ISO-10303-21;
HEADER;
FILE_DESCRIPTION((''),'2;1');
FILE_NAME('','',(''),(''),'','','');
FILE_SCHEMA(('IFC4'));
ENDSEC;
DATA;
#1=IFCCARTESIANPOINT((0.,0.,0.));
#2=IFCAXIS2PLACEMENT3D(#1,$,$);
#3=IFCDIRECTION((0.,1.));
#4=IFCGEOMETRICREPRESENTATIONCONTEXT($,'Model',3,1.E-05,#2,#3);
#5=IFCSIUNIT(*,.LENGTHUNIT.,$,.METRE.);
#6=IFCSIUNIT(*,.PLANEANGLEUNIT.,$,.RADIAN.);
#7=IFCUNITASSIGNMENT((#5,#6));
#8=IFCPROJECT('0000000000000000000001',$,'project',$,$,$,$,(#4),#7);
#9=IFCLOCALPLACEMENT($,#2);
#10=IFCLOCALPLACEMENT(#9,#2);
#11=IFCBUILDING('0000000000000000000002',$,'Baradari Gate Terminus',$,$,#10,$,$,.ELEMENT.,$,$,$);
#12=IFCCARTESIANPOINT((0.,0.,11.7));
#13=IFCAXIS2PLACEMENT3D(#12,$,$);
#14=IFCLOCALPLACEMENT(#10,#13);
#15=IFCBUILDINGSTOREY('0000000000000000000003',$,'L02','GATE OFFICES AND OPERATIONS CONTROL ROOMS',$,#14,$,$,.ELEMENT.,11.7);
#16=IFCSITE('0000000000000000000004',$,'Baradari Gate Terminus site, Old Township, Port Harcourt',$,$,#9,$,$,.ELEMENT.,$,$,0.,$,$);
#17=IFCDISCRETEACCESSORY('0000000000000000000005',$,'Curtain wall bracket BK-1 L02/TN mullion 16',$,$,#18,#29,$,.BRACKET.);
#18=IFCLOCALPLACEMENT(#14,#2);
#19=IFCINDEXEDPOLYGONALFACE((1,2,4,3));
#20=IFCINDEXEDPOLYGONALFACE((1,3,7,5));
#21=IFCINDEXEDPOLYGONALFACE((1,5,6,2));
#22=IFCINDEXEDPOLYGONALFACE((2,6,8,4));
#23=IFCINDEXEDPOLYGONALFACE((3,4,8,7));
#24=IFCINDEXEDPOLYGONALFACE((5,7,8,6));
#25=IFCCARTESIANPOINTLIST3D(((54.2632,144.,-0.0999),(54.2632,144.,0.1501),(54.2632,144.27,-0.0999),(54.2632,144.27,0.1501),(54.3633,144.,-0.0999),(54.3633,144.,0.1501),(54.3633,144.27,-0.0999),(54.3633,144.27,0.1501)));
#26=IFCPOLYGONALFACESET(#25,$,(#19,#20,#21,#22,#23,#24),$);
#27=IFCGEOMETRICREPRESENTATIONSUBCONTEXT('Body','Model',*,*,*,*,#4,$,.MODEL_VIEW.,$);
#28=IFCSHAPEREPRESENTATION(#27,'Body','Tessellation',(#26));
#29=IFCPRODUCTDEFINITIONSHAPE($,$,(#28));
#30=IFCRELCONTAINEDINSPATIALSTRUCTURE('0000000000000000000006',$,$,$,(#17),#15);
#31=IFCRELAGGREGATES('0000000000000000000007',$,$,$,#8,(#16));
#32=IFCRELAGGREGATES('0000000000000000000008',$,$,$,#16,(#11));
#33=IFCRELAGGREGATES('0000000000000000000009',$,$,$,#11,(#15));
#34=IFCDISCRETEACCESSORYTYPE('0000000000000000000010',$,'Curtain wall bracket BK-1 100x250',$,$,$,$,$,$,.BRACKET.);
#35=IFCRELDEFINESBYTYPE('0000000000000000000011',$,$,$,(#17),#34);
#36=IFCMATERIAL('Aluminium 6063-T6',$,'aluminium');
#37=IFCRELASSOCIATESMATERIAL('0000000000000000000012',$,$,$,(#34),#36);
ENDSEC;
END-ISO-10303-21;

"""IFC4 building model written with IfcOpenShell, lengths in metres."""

from ifc_helpers import new_model, si_unit, direction, frame, origin, origin_2d, place, context, subcontext, project, spatial, rectangle, extrude, material, type_object, element, save


model = new_model("IFC4")

# Units and contexts
model_context = context("Model", 3, precision=1e-05, world=origin(), true_north=direction((0.0, 1.0)))
body_context = subcontext(model_context, "Body", "Model", "MODEL_VIEW")
ifc_project = project(units=[si_unit("LENGTHUNIT", "METRE"), si_unit("PLANEANGLEUNIT", "RADIAN")], contexts=[model_context])

# Site, building, storey
site_placement = place(None, origin())
site = spatial("IfcSite", under=ifc_project, at=site_placement, Name="Baradari Gate Terminus site, Old Township, Port Harcourt", CompositionType="ELEMENT", RefElevation=0.0)
building_placement = place(site_placement, origin())
building = spatial("IfcBuilding", under=site, at=building_placement, Name="Baradari Gate Terminus", CompositionType="ELEMENT")
storey_placement = place(building_placement, frame((0.0, 0.0, 11.7)))
storey = spatial("IfcBuildingStorey", under=building, at=storey_placement, Name="L02", Description="GATE OFFICES AND OPERATIONS CONTROL ROOMS", CompositionType="ELEMENT", Elevation=11.7)

# Discrete accessory
ifc_material_1 = material(Name="Aluminium 6063-T6", Category="aluminium")
discrete_accessory_type = type_object("IfcDiscreteAccessoryType", Name="Curtain wall bracket BK-1 100x250", PredefinedType="BRACKET", material=ifc_material_1)
for number, where, z_axis, x_axis, name in (
    (1, (54.3132, 144.135, -0.0999), (0.0, 0.0, 1.0), (0.0, 1.0, 0.0), "Curtain wall bracket BK-1 L02/TN mullion 16"),
):
    element("IfcDiscreteAccessory", number, at=place(storey_placement, frame(where, z_axis=z_axis, x_axis=x_axis)), inside=storey, type_object=discrete_accessory_type, Name=name, PredefinedType="BRACKET", context=body_context, shape_type="SweptSolid", body=[
        extrude(rectangle(XDim=0.27, YDim=0.1001, at=origin_2d()), origin(), (0.0, 0.0, 1.0), 0.25),
    ])

save(model, "model.ifc")
